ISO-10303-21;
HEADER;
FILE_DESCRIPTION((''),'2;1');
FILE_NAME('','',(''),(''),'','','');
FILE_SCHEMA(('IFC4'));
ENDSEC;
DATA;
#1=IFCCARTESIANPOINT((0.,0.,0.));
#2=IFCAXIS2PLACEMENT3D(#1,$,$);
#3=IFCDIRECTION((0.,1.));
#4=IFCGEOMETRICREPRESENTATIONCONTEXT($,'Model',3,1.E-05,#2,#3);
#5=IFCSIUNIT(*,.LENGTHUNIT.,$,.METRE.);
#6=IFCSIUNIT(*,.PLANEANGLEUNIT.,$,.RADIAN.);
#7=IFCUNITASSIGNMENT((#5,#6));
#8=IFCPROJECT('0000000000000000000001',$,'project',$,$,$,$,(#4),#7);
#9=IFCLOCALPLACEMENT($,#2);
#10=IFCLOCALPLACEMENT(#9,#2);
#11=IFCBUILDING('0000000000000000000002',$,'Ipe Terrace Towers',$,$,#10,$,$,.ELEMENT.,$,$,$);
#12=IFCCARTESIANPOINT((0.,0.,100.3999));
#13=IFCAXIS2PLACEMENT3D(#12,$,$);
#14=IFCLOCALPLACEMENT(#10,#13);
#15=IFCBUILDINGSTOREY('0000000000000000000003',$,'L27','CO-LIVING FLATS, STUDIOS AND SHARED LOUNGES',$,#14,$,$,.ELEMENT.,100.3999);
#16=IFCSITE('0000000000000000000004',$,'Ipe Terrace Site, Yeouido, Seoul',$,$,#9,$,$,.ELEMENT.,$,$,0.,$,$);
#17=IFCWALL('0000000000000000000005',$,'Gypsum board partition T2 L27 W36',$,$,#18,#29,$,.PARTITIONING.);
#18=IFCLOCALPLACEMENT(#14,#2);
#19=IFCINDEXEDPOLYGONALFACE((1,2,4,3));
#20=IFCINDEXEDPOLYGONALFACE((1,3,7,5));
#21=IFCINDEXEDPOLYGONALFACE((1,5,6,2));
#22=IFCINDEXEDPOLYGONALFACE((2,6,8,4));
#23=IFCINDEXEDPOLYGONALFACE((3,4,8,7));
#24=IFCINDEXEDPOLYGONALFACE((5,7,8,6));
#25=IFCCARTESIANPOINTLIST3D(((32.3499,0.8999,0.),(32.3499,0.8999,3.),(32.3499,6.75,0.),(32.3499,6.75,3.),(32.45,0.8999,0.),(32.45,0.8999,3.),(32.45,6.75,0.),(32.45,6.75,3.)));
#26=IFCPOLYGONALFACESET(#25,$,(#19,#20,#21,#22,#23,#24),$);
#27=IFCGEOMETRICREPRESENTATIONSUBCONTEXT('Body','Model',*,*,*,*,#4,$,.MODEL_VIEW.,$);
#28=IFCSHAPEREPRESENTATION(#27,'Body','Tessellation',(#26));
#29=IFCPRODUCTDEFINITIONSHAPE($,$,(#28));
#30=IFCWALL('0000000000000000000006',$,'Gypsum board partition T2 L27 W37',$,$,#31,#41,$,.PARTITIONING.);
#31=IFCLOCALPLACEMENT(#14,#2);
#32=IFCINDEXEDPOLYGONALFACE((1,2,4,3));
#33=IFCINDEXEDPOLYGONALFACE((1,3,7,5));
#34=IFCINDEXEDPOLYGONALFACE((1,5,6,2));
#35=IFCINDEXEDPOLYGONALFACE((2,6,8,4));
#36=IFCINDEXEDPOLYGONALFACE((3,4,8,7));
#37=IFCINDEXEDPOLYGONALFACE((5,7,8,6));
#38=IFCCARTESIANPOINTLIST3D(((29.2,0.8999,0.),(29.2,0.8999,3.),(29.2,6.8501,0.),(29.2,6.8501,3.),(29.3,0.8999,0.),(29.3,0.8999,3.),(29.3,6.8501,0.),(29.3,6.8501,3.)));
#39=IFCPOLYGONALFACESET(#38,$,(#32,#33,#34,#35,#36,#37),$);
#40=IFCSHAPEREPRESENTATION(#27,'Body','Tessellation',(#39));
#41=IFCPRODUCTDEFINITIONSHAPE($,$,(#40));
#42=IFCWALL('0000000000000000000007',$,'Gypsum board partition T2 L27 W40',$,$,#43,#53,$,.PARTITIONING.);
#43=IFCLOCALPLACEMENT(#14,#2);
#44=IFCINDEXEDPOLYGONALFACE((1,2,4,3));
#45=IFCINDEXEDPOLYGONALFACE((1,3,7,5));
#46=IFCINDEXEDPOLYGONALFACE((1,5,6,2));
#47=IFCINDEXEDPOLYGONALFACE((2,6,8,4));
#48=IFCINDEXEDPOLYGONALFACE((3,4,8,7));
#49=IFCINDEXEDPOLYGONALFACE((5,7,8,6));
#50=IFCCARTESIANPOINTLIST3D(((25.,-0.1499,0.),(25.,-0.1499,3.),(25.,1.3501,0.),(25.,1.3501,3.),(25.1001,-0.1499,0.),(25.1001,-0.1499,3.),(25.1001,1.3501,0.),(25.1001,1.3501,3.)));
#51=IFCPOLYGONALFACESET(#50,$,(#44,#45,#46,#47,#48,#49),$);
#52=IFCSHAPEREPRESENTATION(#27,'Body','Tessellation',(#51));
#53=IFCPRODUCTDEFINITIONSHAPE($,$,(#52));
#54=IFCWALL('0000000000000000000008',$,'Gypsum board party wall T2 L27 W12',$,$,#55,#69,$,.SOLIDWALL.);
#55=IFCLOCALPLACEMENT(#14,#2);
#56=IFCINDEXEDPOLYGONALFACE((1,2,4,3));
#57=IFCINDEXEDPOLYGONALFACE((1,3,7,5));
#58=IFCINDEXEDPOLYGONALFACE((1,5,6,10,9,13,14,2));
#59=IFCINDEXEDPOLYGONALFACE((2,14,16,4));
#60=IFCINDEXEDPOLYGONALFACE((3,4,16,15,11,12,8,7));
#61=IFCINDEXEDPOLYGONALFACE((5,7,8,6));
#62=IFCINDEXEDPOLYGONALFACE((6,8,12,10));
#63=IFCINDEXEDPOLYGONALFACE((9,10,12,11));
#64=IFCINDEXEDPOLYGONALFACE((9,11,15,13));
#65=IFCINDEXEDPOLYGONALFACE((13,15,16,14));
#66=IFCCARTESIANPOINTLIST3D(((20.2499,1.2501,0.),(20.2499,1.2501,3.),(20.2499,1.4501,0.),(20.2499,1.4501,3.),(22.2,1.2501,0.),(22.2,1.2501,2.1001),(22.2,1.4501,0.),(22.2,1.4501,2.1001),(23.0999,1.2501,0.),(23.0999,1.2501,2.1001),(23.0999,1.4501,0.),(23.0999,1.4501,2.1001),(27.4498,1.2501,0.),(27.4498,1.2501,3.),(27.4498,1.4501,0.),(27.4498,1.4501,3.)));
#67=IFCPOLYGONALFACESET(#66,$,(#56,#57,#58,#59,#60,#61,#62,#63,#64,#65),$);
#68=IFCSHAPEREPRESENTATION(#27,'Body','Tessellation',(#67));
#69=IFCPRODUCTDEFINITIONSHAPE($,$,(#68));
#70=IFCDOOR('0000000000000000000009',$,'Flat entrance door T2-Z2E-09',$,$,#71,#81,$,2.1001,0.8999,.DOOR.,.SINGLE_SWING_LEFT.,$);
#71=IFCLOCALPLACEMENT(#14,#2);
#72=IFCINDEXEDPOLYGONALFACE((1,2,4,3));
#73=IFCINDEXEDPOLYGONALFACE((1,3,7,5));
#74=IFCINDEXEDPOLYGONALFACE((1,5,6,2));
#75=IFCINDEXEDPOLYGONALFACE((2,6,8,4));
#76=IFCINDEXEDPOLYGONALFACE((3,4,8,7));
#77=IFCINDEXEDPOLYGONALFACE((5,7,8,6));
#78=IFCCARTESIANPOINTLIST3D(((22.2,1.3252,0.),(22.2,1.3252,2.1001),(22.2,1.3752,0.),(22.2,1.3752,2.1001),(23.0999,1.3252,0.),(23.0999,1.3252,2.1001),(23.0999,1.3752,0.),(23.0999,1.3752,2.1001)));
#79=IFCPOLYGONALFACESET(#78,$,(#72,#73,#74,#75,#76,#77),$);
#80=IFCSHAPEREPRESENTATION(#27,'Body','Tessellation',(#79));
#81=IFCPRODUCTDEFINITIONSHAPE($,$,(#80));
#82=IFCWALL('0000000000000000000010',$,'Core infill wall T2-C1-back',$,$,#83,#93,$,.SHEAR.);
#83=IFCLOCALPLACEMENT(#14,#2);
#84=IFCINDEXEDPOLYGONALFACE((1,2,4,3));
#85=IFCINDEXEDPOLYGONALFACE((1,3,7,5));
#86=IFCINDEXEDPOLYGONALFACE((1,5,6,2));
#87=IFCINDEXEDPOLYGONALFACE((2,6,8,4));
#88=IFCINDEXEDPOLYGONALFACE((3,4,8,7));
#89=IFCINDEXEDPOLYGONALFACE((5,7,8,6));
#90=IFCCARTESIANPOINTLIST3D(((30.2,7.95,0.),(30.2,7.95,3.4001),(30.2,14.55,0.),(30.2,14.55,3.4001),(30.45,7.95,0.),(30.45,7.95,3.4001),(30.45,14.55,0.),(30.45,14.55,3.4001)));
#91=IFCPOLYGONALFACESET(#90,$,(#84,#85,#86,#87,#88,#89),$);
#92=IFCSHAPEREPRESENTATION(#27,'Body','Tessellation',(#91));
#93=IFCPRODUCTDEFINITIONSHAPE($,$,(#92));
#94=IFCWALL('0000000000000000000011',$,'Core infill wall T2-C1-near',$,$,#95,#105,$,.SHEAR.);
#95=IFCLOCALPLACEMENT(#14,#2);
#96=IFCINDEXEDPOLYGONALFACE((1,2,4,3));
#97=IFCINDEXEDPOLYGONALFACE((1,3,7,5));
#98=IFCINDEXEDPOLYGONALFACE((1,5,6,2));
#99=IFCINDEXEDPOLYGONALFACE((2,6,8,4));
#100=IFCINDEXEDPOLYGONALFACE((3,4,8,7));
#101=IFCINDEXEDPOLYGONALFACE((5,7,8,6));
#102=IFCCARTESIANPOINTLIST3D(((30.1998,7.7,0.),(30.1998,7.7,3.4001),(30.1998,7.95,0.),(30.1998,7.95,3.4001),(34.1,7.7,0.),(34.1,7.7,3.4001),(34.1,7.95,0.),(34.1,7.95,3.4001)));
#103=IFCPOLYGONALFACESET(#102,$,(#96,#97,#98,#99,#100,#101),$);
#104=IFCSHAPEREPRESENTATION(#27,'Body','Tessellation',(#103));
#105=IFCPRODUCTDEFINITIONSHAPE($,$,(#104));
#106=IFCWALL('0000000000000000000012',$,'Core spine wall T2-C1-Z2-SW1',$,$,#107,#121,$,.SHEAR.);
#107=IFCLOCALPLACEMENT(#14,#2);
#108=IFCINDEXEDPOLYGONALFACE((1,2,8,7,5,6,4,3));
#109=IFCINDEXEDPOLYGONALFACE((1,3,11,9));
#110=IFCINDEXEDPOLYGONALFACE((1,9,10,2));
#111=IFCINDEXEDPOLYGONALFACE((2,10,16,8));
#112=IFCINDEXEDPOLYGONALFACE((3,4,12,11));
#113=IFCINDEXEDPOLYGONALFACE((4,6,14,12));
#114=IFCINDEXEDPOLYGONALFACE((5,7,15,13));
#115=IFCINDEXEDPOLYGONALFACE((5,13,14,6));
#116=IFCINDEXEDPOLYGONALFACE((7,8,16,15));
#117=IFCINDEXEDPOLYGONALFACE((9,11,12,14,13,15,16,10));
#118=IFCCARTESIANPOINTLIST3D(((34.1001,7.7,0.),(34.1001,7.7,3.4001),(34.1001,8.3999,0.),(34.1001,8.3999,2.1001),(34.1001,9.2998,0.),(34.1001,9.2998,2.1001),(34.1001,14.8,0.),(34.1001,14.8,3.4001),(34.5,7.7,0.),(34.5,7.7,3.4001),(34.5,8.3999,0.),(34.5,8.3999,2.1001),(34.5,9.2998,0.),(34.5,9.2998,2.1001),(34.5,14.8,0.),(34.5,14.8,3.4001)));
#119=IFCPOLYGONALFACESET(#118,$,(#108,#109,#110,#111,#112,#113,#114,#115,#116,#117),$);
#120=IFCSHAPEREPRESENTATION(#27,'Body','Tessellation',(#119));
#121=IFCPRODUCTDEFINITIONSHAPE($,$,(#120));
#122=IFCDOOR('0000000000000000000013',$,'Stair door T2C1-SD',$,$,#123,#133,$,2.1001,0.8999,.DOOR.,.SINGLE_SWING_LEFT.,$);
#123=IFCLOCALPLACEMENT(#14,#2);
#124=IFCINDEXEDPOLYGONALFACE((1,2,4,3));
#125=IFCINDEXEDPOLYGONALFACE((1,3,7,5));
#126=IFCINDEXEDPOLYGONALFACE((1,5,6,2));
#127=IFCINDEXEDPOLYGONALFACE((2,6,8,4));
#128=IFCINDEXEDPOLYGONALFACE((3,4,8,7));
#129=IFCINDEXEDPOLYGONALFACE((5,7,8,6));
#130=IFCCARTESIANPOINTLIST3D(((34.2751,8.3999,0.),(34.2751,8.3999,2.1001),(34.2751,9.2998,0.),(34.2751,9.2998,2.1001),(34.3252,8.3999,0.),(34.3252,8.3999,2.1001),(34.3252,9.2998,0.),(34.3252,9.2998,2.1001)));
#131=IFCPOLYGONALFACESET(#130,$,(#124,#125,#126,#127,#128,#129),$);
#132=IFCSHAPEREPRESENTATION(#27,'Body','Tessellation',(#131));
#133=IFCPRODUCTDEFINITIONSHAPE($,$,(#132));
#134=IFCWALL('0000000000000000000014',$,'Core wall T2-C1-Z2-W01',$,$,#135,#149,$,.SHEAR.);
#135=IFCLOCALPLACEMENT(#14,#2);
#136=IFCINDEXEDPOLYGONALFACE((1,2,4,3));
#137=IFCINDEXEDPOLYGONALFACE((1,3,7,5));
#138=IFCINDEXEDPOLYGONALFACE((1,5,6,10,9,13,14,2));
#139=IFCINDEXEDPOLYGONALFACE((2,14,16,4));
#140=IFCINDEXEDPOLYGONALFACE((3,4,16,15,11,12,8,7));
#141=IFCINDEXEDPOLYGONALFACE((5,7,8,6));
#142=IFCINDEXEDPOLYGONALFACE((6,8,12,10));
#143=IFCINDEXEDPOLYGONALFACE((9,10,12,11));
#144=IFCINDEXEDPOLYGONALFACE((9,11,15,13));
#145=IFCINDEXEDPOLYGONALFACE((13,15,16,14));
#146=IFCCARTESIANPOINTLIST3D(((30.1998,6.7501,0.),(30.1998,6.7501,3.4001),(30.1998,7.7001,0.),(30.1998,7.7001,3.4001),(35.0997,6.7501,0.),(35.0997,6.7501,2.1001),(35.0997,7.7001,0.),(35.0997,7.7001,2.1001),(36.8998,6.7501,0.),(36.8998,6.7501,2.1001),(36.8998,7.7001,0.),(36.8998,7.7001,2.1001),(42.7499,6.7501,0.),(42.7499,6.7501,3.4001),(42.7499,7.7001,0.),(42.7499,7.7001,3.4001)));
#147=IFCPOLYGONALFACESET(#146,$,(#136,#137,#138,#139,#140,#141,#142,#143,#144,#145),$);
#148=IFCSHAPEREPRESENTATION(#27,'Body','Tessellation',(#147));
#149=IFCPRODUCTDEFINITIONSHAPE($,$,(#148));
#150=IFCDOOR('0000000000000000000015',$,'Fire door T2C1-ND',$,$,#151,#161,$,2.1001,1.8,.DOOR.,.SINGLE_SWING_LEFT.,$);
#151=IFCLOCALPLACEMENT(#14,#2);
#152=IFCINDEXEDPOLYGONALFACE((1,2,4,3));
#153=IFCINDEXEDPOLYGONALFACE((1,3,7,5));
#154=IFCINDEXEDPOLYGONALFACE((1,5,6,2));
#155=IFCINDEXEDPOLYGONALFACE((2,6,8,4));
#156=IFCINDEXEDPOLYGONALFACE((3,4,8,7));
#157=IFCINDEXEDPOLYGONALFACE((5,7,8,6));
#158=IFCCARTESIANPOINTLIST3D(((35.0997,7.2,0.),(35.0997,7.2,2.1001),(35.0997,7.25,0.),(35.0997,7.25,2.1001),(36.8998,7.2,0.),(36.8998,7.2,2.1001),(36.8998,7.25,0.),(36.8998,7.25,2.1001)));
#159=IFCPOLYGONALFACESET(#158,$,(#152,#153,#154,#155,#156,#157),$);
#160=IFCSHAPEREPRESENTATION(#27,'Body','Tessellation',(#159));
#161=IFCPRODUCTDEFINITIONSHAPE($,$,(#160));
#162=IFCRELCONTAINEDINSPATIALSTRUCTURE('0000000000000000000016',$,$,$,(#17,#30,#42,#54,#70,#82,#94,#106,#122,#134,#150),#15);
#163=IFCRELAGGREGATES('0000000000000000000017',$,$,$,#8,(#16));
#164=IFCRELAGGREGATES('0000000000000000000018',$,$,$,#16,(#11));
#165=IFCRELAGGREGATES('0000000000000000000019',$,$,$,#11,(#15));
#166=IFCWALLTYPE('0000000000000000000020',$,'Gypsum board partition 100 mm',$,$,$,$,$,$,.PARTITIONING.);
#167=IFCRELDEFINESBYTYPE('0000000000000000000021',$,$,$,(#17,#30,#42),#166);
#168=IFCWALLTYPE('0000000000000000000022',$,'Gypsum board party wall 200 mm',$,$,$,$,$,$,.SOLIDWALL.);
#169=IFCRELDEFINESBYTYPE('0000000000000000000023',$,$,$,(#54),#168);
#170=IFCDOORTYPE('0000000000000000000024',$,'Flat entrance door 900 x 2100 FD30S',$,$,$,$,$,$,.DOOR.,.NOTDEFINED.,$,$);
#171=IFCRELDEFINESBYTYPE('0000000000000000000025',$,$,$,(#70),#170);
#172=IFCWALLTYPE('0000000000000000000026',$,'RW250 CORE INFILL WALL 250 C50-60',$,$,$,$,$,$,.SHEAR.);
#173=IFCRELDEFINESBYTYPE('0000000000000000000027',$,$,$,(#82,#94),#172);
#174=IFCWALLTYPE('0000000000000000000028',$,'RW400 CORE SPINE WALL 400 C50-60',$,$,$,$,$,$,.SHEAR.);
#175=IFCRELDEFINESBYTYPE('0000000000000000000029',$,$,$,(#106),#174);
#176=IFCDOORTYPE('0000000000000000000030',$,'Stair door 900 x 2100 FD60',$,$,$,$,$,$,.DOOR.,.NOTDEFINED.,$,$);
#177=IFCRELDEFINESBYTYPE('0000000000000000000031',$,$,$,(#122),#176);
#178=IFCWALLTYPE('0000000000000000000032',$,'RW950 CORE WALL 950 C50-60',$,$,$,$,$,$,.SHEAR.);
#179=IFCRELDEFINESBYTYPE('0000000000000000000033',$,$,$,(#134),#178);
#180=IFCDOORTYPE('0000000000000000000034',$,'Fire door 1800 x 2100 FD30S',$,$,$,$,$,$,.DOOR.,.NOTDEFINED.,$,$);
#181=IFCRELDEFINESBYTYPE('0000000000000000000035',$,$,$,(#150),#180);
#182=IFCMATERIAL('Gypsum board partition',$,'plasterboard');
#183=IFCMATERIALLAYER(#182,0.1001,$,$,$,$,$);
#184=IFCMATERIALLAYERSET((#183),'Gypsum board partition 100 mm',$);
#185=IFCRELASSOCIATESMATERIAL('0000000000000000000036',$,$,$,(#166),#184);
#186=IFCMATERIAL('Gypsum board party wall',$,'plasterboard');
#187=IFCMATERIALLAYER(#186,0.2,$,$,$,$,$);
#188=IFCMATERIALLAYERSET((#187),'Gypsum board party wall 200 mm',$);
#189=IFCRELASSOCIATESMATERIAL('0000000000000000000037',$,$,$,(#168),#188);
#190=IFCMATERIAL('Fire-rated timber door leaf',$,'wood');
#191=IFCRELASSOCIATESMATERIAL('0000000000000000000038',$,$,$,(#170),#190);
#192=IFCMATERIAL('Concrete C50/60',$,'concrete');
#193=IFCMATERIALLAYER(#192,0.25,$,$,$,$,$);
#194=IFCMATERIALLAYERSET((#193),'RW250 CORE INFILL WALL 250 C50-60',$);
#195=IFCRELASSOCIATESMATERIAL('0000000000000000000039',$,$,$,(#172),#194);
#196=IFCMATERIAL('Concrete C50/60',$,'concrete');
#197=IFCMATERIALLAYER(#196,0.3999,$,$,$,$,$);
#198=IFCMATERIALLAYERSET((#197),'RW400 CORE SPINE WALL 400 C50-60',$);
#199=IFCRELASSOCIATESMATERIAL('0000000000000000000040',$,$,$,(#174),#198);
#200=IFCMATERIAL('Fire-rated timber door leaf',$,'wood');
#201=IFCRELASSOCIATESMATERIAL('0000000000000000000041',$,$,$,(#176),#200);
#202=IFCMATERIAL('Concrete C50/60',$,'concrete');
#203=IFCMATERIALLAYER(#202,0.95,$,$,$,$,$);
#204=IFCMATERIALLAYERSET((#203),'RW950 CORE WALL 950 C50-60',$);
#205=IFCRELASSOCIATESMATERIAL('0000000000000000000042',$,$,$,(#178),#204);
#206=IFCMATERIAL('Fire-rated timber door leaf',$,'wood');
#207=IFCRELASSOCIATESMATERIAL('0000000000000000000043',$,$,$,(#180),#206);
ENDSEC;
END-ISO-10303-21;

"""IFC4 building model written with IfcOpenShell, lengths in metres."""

from ifc_helpers import new_model, si_unit, direction, frame, frame_2d, origin, place, context, subcontext, project, spatial, rectangle, extrude, material, layer, layer_set, type_object, element, fill, save


model = new_model("IFC4")

# Units and contexts
model_context = context("Model", 3, precision=1e-05, world=origin(), true_north=direction((0.0, 1.0)))
body_context = subcontext(model_context, "Body", "Model", "MODEL_VIEW")
ifc_project = project(units=[si_unit("LENGTHUNIT", "METRE"), si_unit("PLANEANGLEUNIT", "RADIAN")], contexts=[model_context])

# Site, building, storey
site_placement = place(None, origin())
site = spatial("IfcSite", under=ifc_project, at=site_placement, Name="Ipe Terrace Site, Yeouido, Seoul", CompositionType="ELEMENT", RefElevation=0.0)
building_placement = place(site_placement, origin())
building = spatial("IfcBuilding", under=site, at=building_placement, Name="Ipe Terrace Towers", CompositionType="ELEMENT")
storey_placement = place(building_placement, frame((0.0, 0.0, 100.3999)))
storey = spatial("IfcBuildingStorey", under=building, at=storey_placement, Name="L27", Description="CO-LIVING FLATS, STUDIOS AND SHARED LOUNGES", CompositionType="ELEMENT", Elevation=100.3999)

# Shared definitions
ifc_material_1 = material(Name="Gypsum board partition", Category="plasterboard")
ifc_layer_1 = layer(ifc_material_1, 0.1001)
ifc_layer_set_1 = layer_set([ifc_layer_1], Name="Gypsum board partition 100 mm")
wall_type_1 = type_object("IfcWallType", Name="Gypsum board partition 100 mm", PredefinedType="PARTITIONING", material=ifc_layer_set_1)

# Walls
wall_1_placement = place(storey_placement, frame((32.3999, 0.8999, 0.0), z_axis=(0.0, 0.0, 1.0), x_axis=(0.0, 1.0, 0.0)))
element("IfcWall", 1, at=wall_1_placement, inside=storey, type_object=wall_type_1, Name="Gypsum board partition T2 L27 W36", PredefinedType="PARTITIONING", context=body_context, shape_type="SweptSolid", body=[
    extrude(rectangle(XDim=5.8501, YDim=0.1001, at=frame_2d((2.925, 0.0))), origin(), (0.0, 0.0, 1.0), 3.0),
])
wall_2_placement = place(storey_placement, frame((29.25, 0.8999, 0.0), z_axis=(0.0, 0.0, 1.0), x_axis=(0.0, 1.0, 0.0)))
element("IfcWall", 2, at=wall_2_placement, inside=storey, type_object=wall_type_1, Name="Gypsum board partition T2 L27 W37", PredefinedType="PARTITIONING", context=body_context, shape_type="SweptSolid", body=[
    extrude(rectangle(XDim=5.9502, YDim=0.1001, at=frame_2d((2.9751, 0.0))), origin(), (0.0, 0.0, 1.0), 3.0),
])
wall_3_placement = place(storey_placement, frame((25.05, -0.1499, 0.0), z_axis=(0.0, 0.0, 1.0), x_axis=(0.0, 1.0, 0.0)))
element("IfcWall", 3, at=wall_3_placement, inside=storey, type_object=wall_type_1, Name="Gypsum board partition T2 L27 W40", PredefinedType="PARTITIONING", context=body_context, shape_type="SweptSolid", body=[
    extrude(rectangle(XDim=1.5, YDim=0.1001, at=frame_2d((0.75, 0.0))), origin(), (0.0, 0.0, 1.0), 3.0),
])

# Wall, opening, door
ifc_material_2 = material(Name="Gypsum board party wall", Category="plasterboard")
ifc_layer_2 = layer(ifc_material_2, 0.2)
ifc_layer_set_2 = layer_set([ifc_layer_2], Name="Gypsum board party wall 200 mm")
wall_type_2 = type_object("IfcWallType", Name="Gypsum board party wall 200 mm", PredefinedType="SOLIDWALL", material=ifc_layer_set_2)
wall_4_placement = place(storey_placement, frame((27.45, 1.3501, 0.0), z_axis=(0.0, 0.0, 1.0), x_axis=(-1.0, 0.0, 0.0)))
wall_4 = element("IfcWall", 4, at=wall_4_placement, inside=storey, type_object=wall_type_2, Name="Gypsum board party wall T2 L27 W12", PredefinedType="SOLIDWALL", context=body_context, shape_type="SweptSolid", body=[
    extrude(rectangle(XDim=7.2, YDim=0.2, at=frame_2d((3.6001, 0.0))), origin(), (0.0, 0.0, 1.0), 3.0),
])
opening_1_placement = place(wall_4_placement, frame((4.3501, 0.0, 0.0)))
opening_1 = element("IfcOpeningElement", 5, at=opening_1_placement, cuts=wall_4, PredefinedType="OPENING", context=body_context, shape_type="SweptSolid", body=[
    extrude(rectangle(XDim=0.8999, YDim=2.1001, at=frame_2d((0.45, 1.05))), frame((0.0, 0.1099, 0.0), z_axis=(0.0, -1.0, 0.0), x_axis=(1.0, 0.0, 0.0)), (0.0, 0.0, 1.0), 0.22),
])
ifc_material_3 = material(Name="Fire-rated timber door leaf", Category="wood")
door_type_1 = type_object("IfcDoorType", Name="Flat entrance door 900 x 2100 FD30S", OperationType="NOTDEFINED", PredefinedType="DOOR", material=ifc_material_3)
door_1_placement = place(opening_1_placement, origin())
door_1 = element("IfcDoor", 6, at=door_1_placement, inside=storey, type_object=door_type_1, Name="Flat entrance door T2-Z2E-09", OperationType="SINGLE_SWING_LEFT", OverallHeight=2.1001, OverallWidth=0.8999, PredefinedType="DOOR", context=body_context, shape_type="SweptSolid", body=[
    extrude(rectangle(XDim=0.8999, YDim=2.1001, at=frame_2d((0.45, 1.05))), frame((0.0, 0.0249, 0.0), z_axis=(0.0, -1.0, 0.0), x_axis=(1.0, 0.0, 0.0)), (0.0, 0.0, 1.0), 0.05),
])
fill(opening_1, door_1)

# Walls
ifc_material_4 = material(Name="Concrete C50/60", Category="concrete")
ifc_layer_3 = layer(ifc_material_4, 0.25)
ifc_layer_set_3 = layer_set([ifc_layer_3], Name="RW250 CORE INFILL WALL 250 C50-60")
wall_type_3 = type_object("IfcWallType", Name="RW250 CORE INFILL WALL 250 C50-60", PredefinedType="SHEAR", material=ifc_layer_set_3)
wall_5_placement = place(storey_placement, frame((30.325, 7.95, 0.0), z_axis=(0.0, 0.0, 1.0), x_axis=(0.0, 1.0, 0.0)))
element("IfcWall", 7, at=wall_5_placement, inside=storey, type_object=wall_type_3, Name="Core infill wall T2-C1-back", PredefinedType="SHEAR", context=body_context, shape_type="SweptSolid", body=[
    extrude(rectangle(XDim=6.6001, YDim=0.25, at=frame_2d((3.3, 0.0))), origin(), (0.0, 0.0, 1.0), 3.4001),
])
wall_6_placement = place(storey_placement, frame((34.1001, 7.825, 0.0), z_axis=(0.0, 0.0, 1.0), x_axis=(-1.0, 0.0, 0.0)))
element("IfcWall", 8, at=wall_6_placement, inside=storey, type_object=wall_type_3, Name="Core infill wall T2-C1-near", PredefinedType="SHEAR", context=body_context, shape_type="SweptSolid", body=[
    extrude(rectangle(XDim=3.9001, YDim=0.25, at=frame_2d((1.9502, 0.0))), origin(), (0.0, 0.0, 1.0), 3.4001),
])

# Walls, openings, doors
ifc_material_5 = material(Name="Concrete C50/60", Category="concrete")
ifc_layer_4 = layer(ifc_material_5, 0.3999)
ifc_layer_set_4 = layer_set([ifc_layer_4], Name="RW400 CORE SPINE WALL 400 C50-60")
wall_type_4 = type_object("IfcWallType", Name="RW400 CORE SPINE WALL 400 C50-60", PredefinedType="SHEAR", material=ifc_layer_set_4)
wall_7_placement = place(storey_placement, frame((34.3, 7.7, 0.0), z_axis=(0.0, 0.0, 1.0), x_axis=(0.0, 1.0, 0.0)))
wall_7 = element("IfcWall", 9, at=wall_7_placement, inside=storey, type_object=wall_type_4, Name="Core spine wall T2-C1-Z2-SW1", PredefinedType="SHEAR", context=body_context, shape_type="SweptSolid", body=[
    extrude(rectangle(XDim=7.1001, YDim=0.3999, at=frame_2d((3.55, 0.0))), origin(), (0.0, 0.0, 1.0), 3.4001),
])
opening_2_placement = place(wall_7_placement, frame((0.7, 0.0, 0.0)))
opening_2 = element("IfcOpeningElement", 10, at=opening_2_placement, cuts=wall_7, PredefinedType="OPENING", context=body_context, shape_type="SweptSolid", body=[
    extrude(rectangle(XDim=0.8999, YDim=2.1001, at=frame_2d((0.45, 1.05))), frame((0.0, 0.21, 0.0), z_axis=(0.0, -1.0, 0.0), x_axis=(1.0, 0.0, 0.0)), (0.0, 0.0, 1.0), 0.4199),
])
ifc_material_6 = material(Name="Fire-rated timber door leaf", Category="wood")
door_type_2 = type_object("IfcDoorType", Name="Stair door 900 x 2100 FD60", OperationType="NOTDEFINED", PredefinedType="DOOR", material=ifc_material_6)
door_2_placement = place(opening_2_placement, origin())
door_2 = element("IfcDoor", 11, at=door_2_placement, inside=storey, type_object=door_type_2, Name="Stair door T2C1-SD", OperationType="SINGLE_SWING_LEFT", OverallHeight=2.1001, OverallWidth=0.8999, PredefinedType="DOOR", context=body_context, shape_type="SweptSolid", body=[
    extrude(rectangle(XDim=0.8999, YDim=2.1001, at=frame_2d((0.45, 1.05))), frame((0.0, 0.0249, 0.0), z_axis=(0.0, -1.0, 0.0), x_axis=(1.0, 0.0, 0.0)), (0.0, 0.0, 1.0), 0.05),
])
fill(opening_2, door_2)
ifc_material_7 = material(Name="Concrete C50/60", Category="concrete")
ifc_layer_5 = layer(ifc_material_7, 0.95)
ifc_layer_set_5 = layer_set([ifc_layer_5], Name="RW950 CORE WALL 950 C50-60")
wall_type_5 = type_object("IfcWallType", Name="RW950 CORE WALL 950 C50-60", PredefinedType="SHEAR", material=ifc_layer_set_5)
wall_8_placement = place(storey_placement, frame((30.2, 7.2251, 0.0), z_axis=(0.0, 0.0, 1.0), x_axis=(1.0, 0.0, 0.0)))
wall_8 = element("IfcWall", 12, at=wall_8_placement, inside=storey, type_object=wall_type_5, Name="Core wall T2-C1-Z2-W01", PredefinedType="SHEAR", context=body_context, shape_type="SweptSolid", body=[
    extrude(rectangle(XDim=12.55, YDim=0.95, at=frame_2d((6.2749, 0.0))), origin(), (0.0, 0.0, 1.0), 3.4001),
])
opening_3_placement = place(wall_8_placement, frame((4.8999, 0.0, 0.0)))
opening_3 = element("IfcOpeningElement", 13, at=opening_3_placement, cuts=wall_8, PredefinedType="OPENING", context=body_context, shape_type="SweptSolid", body=[
    extrude(rectangle(XDim=1.8, YDim=2.1001, at=frame_2d((0.8999, 1.05))), frame((0.0, 0.4849, 0.0), z_axis=(0.0, -1.0, 0.0), x_axis=(1.0, 0.0, 0.0)), (0.0, 0.0, 1.0), 0.97),
])
ifc_material_8 = material(Name="Fire-rated timber door leaf", Category="wood")
door_type_3 = type_object("IfcDoorType", Name="Fire door 1800 x 2100 FD30S", OperationType="NOTDEFINED", PredefinedType="DOOR", material=ifc_material_8)
door_3_placement = place(opening_3_placement, origin())
door_3 = element("IfcDoor", 14, at=door_3_placement, inside=storey, type_object=door_type_3, Name="Fire door T2C1-ND", OperationType="SINGLE_SWING_LEFT", OverallHeight=2.1001, OverallWidth=1.8, PredefinedType="DOOR", context=body_context, shape_type="SweptSolid", body=[
    extrude(rectangle(XDim=1.8, YDim=2.1001, at=frame_2d((0.8999, 1.05))), frame((0.0, 0.0249, 0.0), z_axis=(0.0, -1.0, 0.0), x_axis=(1.0, 0.0, 0.0)), (0.0, 0.0, 1.0), 0.05),
])
fill(opening_3, door_3)

save(model, "model.ifc")
